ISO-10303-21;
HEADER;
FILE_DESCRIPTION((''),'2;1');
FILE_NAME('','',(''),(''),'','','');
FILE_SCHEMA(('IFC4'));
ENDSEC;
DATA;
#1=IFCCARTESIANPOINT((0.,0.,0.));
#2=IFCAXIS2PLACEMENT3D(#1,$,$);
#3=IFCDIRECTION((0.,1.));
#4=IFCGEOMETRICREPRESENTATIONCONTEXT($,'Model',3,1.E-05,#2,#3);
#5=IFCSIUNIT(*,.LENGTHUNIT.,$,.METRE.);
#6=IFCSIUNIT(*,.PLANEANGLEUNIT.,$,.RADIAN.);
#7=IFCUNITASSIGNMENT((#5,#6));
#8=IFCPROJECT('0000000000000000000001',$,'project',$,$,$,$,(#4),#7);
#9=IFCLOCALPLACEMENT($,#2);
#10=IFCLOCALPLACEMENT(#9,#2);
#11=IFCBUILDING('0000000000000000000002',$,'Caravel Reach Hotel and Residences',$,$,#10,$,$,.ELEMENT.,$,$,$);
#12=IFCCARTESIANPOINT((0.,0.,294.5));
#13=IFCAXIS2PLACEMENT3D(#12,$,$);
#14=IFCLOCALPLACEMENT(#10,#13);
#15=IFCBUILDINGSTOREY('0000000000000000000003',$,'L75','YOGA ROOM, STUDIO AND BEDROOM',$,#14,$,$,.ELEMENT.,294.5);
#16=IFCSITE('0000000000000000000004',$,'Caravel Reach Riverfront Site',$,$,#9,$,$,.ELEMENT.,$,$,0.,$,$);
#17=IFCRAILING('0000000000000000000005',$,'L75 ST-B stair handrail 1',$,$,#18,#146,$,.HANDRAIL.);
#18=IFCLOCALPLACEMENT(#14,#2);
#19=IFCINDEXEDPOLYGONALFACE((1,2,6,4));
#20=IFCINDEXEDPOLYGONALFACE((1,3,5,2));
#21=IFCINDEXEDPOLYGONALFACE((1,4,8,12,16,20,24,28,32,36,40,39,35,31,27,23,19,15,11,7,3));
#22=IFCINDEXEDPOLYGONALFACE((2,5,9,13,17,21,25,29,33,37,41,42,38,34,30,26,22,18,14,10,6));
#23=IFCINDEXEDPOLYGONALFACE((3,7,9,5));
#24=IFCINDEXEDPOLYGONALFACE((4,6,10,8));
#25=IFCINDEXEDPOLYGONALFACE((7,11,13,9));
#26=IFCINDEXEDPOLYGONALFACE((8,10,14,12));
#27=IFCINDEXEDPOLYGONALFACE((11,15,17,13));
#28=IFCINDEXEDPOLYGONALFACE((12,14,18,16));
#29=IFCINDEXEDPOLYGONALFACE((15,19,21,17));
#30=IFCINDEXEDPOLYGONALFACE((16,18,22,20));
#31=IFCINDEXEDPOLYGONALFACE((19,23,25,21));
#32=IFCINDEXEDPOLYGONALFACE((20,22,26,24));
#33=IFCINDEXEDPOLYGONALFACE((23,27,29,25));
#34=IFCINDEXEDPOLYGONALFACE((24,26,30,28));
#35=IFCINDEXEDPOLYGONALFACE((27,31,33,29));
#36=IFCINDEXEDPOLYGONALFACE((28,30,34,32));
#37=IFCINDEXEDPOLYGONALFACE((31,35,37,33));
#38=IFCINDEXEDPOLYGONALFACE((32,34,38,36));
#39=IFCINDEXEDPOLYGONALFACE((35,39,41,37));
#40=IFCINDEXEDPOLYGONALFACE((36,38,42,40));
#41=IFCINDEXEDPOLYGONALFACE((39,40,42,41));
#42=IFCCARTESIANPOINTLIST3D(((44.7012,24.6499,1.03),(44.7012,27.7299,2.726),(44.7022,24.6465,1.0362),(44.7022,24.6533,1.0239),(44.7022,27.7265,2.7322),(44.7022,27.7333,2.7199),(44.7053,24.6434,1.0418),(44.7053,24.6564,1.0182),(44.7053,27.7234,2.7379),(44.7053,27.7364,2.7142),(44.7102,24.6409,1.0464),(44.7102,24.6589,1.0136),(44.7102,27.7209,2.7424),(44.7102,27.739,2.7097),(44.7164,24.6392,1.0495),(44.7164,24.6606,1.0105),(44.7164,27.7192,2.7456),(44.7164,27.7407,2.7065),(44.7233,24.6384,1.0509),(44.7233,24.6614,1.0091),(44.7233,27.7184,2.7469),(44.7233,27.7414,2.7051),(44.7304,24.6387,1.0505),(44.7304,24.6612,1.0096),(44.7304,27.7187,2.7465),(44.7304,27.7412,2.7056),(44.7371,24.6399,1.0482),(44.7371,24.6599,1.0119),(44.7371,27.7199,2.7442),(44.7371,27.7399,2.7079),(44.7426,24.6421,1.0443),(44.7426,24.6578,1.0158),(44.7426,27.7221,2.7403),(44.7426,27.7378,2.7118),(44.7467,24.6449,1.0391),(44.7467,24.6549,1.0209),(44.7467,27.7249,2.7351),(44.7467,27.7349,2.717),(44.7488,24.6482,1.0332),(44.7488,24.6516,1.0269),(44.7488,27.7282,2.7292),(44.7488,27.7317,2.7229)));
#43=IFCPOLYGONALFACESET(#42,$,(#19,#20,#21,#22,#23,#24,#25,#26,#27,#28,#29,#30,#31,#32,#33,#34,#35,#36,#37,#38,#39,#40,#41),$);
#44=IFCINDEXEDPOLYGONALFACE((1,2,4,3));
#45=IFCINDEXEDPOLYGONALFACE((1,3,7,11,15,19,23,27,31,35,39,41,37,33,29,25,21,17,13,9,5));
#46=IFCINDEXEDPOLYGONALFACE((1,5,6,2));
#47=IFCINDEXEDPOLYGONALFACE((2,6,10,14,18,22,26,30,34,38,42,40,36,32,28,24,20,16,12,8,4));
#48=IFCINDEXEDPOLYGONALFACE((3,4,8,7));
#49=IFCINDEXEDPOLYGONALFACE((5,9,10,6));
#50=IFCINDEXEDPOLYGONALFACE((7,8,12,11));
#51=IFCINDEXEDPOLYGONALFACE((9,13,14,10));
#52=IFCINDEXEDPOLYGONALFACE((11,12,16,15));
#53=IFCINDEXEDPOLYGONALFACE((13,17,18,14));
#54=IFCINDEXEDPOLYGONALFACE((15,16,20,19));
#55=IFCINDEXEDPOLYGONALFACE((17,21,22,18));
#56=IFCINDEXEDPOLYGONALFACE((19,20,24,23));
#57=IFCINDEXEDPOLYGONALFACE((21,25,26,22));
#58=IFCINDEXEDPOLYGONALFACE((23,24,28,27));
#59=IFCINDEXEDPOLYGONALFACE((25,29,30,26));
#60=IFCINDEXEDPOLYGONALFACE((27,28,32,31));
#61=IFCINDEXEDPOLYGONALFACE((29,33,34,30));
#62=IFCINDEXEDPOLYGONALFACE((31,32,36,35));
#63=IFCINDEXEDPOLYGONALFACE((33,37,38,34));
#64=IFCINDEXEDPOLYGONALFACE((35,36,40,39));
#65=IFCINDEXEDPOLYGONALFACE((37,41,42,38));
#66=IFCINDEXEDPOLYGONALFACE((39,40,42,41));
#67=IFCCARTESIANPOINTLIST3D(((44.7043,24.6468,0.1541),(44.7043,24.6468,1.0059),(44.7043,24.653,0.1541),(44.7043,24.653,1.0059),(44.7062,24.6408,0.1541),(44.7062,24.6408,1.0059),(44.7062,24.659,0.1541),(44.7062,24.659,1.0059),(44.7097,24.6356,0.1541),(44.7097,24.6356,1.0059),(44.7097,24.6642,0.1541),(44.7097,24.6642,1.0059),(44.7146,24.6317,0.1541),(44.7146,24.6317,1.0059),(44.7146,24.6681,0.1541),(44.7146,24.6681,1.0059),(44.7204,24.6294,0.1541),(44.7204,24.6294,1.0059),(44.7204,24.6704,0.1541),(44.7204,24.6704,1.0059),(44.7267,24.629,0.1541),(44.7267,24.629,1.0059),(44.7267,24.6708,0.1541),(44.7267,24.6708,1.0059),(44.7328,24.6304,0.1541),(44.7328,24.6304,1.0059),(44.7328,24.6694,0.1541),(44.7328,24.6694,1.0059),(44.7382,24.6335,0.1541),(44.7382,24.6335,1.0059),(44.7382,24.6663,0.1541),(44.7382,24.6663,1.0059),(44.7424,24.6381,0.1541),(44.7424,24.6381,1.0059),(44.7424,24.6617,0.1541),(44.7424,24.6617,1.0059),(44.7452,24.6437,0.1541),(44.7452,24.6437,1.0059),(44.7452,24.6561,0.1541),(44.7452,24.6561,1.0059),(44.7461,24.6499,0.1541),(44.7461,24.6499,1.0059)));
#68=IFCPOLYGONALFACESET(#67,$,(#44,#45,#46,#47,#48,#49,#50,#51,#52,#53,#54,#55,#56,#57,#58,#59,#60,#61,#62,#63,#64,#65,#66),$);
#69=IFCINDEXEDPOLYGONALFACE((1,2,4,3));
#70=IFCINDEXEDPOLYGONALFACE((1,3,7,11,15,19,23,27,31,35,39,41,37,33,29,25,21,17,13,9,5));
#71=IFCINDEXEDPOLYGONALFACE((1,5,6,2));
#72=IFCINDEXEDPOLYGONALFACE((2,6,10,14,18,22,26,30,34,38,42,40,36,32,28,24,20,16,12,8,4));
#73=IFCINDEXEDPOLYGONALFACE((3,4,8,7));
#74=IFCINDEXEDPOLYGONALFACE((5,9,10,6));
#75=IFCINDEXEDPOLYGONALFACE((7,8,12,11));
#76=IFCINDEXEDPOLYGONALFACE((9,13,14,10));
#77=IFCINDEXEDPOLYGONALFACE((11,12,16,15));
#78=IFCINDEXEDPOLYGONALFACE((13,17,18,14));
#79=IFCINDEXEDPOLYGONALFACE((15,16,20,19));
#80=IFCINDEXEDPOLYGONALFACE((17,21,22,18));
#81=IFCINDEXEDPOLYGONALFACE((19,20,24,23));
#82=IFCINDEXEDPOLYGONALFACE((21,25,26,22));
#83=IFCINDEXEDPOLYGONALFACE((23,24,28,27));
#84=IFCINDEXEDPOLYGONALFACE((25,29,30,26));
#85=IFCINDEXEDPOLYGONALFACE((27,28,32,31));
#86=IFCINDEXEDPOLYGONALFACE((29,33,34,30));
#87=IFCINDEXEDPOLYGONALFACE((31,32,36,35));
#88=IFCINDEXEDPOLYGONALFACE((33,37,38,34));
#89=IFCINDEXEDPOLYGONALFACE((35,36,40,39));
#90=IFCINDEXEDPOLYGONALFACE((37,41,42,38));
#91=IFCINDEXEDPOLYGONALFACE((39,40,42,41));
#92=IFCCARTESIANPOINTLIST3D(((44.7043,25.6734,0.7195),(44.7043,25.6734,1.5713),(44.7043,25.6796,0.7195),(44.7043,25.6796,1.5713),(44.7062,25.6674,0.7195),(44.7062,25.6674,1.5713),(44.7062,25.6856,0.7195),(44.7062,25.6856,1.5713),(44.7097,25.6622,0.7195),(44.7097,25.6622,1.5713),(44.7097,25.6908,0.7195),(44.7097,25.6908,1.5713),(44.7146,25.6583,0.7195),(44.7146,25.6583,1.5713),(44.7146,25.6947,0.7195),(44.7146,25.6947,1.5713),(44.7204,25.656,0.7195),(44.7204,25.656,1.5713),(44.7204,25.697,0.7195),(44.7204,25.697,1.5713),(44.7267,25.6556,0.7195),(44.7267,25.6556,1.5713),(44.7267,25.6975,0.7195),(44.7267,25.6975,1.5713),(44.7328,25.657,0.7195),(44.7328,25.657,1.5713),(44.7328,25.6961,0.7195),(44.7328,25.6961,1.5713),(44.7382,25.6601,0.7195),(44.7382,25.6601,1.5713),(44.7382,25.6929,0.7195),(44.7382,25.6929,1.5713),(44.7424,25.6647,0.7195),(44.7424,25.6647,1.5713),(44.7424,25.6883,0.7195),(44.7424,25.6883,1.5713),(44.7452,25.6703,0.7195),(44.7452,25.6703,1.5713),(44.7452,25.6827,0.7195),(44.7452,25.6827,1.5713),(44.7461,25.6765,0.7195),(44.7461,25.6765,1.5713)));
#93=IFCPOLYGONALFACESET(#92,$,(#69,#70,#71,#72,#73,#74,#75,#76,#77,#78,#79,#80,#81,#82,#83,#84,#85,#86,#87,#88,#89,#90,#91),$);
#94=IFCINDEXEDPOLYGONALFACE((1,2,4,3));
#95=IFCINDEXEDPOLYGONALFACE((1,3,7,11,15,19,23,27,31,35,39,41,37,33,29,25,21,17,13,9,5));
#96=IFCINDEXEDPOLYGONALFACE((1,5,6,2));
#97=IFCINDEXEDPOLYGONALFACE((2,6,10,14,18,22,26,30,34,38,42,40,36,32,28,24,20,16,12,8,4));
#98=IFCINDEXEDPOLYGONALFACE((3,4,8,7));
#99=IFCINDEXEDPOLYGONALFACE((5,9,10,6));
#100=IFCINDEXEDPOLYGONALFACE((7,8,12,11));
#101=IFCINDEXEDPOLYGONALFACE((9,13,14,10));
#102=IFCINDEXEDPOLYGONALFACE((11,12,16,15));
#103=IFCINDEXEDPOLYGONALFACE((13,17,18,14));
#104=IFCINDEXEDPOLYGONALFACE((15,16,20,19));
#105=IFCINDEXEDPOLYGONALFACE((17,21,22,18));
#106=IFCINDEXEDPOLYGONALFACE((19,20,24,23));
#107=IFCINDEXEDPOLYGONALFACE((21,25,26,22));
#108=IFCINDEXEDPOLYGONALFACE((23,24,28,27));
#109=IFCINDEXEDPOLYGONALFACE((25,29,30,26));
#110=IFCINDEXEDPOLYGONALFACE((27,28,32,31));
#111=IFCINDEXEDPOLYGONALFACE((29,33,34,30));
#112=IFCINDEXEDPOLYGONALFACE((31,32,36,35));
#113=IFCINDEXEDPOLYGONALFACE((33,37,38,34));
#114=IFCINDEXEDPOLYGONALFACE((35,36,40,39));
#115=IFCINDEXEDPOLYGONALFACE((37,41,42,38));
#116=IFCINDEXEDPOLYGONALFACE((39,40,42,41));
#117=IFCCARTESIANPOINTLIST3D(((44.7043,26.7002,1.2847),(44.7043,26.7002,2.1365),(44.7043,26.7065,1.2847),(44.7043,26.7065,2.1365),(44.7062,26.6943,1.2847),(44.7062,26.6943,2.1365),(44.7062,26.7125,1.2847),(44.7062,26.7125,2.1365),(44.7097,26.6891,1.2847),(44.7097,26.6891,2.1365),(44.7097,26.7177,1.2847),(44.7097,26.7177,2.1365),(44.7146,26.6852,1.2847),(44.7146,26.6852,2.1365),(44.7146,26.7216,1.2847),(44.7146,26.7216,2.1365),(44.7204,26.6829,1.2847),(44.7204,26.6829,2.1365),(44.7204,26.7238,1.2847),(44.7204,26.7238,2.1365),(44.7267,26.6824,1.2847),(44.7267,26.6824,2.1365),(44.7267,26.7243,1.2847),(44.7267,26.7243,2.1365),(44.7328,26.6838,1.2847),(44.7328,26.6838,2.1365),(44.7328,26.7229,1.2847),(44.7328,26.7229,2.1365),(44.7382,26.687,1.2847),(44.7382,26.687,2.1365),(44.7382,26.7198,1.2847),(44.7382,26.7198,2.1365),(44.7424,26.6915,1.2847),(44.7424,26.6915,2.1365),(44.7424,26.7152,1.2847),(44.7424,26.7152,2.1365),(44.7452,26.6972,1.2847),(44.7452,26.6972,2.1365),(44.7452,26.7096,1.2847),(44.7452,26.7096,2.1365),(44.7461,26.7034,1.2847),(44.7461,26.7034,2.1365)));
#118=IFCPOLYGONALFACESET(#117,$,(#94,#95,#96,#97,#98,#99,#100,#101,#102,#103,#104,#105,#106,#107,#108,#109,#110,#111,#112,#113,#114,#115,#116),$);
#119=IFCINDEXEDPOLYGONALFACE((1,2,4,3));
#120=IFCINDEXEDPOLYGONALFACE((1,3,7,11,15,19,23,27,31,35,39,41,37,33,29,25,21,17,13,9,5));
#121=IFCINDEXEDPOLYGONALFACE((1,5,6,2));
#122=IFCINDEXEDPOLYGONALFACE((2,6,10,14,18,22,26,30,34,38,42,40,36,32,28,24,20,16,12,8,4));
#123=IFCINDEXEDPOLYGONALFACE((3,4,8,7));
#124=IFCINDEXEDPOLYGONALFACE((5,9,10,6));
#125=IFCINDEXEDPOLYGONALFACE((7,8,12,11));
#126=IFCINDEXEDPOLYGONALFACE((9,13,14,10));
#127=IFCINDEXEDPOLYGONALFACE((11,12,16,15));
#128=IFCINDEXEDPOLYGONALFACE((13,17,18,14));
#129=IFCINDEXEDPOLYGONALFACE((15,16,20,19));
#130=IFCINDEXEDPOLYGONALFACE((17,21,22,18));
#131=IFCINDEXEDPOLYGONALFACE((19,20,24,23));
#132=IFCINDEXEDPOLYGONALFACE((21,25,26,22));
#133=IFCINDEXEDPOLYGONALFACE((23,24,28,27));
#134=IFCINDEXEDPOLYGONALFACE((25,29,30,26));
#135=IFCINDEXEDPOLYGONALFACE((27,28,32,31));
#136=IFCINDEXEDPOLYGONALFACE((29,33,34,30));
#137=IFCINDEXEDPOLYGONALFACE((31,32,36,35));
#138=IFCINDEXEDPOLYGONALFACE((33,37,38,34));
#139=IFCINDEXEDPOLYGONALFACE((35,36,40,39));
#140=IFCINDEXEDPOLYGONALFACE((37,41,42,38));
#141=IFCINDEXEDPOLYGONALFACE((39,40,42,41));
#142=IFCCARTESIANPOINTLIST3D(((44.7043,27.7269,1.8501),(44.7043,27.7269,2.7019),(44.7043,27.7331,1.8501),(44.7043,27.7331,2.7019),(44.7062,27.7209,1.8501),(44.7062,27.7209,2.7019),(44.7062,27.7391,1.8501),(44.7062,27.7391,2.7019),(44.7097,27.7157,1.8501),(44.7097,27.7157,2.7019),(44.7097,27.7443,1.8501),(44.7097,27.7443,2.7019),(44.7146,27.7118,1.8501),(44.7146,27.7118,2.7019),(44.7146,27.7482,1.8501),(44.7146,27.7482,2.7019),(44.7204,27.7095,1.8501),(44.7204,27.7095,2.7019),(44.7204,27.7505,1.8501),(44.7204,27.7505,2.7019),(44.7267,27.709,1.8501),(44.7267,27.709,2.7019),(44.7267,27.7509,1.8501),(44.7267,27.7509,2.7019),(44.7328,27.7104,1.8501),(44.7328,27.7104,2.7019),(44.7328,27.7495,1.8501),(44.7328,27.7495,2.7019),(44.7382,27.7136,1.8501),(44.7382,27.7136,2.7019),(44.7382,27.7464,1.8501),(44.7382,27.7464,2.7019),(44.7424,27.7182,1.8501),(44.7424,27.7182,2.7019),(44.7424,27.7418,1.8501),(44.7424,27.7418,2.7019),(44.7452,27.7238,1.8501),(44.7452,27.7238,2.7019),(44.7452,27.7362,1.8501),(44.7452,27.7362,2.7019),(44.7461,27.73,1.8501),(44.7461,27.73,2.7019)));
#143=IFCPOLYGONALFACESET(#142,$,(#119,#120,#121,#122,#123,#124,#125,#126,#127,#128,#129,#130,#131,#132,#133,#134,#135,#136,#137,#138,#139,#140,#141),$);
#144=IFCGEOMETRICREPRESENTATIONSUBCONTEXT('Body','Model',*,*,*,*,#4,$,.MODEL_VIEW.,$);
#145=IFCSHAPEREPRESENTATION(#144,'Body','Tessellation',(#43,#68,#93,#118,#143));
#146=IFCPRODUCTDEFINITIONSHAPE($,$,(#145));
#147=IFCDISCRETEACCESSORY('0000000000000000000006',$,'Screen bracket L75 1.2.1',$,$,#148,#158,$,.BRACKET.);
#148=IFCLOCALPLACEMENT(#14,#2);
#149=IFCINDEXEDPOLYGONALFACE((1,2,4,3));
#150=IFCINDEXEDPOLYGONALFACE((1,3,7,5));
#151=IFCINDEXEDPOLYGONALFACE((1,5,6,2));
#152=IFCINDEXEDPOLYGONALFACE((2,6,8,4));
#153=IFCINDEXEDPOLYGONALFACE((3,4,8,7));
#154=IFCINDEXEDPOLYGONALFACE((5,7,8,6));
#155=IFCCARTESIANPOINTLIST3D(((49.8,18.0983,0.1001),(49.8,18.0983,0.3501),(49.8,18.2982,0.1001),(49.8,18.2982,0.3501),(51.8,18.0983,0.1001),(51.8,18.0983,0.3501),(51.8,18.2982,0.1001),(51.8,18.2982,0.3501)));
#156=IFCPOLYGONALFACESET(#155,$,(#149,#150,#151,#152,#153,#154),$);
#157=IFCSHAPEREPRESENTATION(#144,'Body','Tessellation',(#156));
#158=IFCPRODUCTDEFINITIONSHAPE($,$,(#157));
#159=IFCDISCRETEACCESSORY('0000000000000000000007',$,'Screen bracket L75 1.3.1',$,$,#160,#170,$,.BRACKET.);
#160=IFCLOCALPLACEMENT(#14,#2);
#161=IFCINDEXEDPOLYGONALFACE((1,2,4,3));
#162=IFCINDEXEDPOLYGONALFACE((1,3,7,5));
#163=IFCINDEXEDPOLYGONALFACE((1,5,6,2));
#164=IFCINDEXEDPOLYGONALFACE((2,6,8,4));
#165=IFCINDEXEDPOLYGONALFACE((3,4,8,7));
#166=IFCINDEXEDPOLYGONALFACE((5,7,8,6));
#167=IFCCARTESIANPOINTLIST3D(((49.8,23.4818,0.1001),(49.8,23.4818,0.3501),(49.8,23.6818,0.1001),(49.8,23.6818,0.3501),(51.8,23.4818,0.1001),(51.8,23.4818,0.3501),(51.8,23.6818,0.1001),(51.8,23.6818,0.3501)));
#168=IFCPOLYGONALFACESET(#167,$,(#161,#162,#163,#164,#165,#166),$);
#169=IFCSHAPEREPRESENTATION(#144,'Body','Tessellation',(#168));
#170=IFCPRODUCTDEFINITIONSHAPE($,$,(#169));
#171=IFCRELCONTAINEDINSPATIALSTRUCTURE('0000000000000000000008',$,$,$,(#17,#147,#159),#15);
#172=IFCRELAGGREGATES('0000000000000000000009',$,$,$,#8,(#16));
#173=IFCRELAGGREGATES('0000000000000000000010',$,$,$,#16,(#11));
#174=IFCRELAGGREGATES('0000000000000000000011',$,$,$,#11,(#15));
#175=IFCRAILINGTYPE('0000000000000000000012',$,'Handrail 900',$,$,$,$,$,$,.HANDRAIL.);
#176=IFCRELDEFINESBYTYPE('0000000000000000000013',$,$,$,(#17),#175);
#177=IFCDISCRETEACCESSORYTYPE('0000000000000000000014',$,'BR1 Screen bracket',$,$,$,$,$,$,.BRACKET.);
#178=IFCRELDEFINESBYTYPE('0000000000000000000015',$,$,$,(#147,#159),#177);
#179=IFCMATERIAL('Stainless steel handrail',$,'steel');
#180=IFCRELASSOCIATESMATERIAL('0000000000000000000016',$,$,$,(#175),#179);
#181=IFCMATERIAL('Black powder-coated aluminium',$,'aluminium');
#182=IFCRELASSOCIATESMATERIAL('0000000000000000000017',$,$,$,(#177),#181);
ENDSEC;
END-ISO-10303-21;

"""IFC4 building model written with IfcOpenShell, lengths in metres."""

from ifc_helpers import new_model, si_unit, direction, frame, origin, origin_2d, place, context, subcontext, project, spatial, rectangle, circle, extrude, material, type_object, element, save


model = new_model("IFC4")

# Units and contexts
model_context = context("Model", 3, precision=1e-05, world=origin(), true_north=direction((0.0, 1.0)))
body_context = subcontext(model_context, "Body", "Model", "MODEL_VIEW")
ifc_project = project(units=[si_unit("LENGTHUNIT", "METRE"), si_unit("PLANEANGLEUNIT", "RADIAN")], contexts=[model_context])

# Site, building, storey
site_placement = place(None, origin())
site = spatial("IfcSite", under=ifc_project, at=site_placement, Name="Caravel Reach Riverfront Site", CompositionType="ELEMENT", RefElevation=0.0)
building_placement = place(site_placement, origin())
building = spatial("IfcBuilding", under=site, at=building_placement, Name="Caravel Reach Hotel and Residences", CompositionType="ELEMENT")
storey_placement = place(building_placement, frame((0.0, 0.0, 294.5)))
storey = spatial("IfcBuildingStorey", under=building, at=storey_placement, Name="L75", Description="YOGA ROOM, STUDIO AND BEDROOM", CompositionType="ELEMENT", Elevation=294.5)

# Railing
ifc_material_1 = material(Name="Stainless steel handrail", Category="steel")
railing_type = type_object("IfcRailingType", Name="Handrail 900", PredefinedType="HANDRAIL", material=ifc_material_1)
railing_placement = place(storey_placement, frame((44.7251, 24.6499, 0.1541)))
element("IfcRailing", 1, at=railing_placement, inside=storey, type_object=railing_type, Name="L75 ST-B stair handrail 1", PredefinedType="HANDRAIL", context=body_context, shape_type="SweptSolid", body=[
    extrude(circle(Radius=0.0239, at=origin_2d()), frame((0.0, 0.0, 0.876), z_axis=(0.0, 0.875975, 0.482356), x_axis=(-1.0, 0.0, 0.0)), (0.0, 0.0, 1.0), 3.5161),
    extrude(circle(Radius=0.021, at=origin_2d()), origin(), (0.0, 0.0, 1.0), 0.8518),
    extrude(circle(Radius=0.021, at=origin_2d()), frame((0.0, 1.0266, 0.5654)), (0.0, 0.0, 1.0), 0.8518),
    extrude(circle(Radius=0.021, at=origin_2d()), frame((0.0, 2.0535, 1.1306)), (0.0, 0.0, 1.0), 0.8518),
    extrude(circle(Radius=0.021, at=origin_2d()), frame((0.0, 3.0801, 1.696)), (0.0, 0.0, 1.0), 0.8518),
])

# Discrete accessories
ifc_material_2 = material(Name="Black powder-coated aluminium", Category="aluminium")
discrete_accessory_type = type_object("IfcDiscreteAccessoryType", Name="BR1 Screen bracket", PredefinedType="BRACKET", material=ifc_material_2)
for number, where, z_axis, x_axis, name in (
    (2, (50.8, 18.1982, 0.1001), (0.0, 0.0, 1.0), (1.0, 0.0, 0.0), "Screen bracket L75 1.2.1"),
    (3, (50.8, 23.5818, 0.1001), (0.0, 0.0, 1.0), (1.0, 0.0, 0.0), "Screen bracket L75 1.3.1"),
):
    element("IfcDiscreteAccessory", number, at=place(storey_placement, frame(where, z_axis=z_axis, x_axis=x_axis)), inside=storey, type_object=discrete_accessory_type, Name=name, PredefinedType="BRACKET", context=body_context, shape_type="SweptSolid", body=[
        extrude(rectangle(XDim=2.0, YDim=0.2, at=origin_2d()), origin(), (0.0, 0.0, 1.0), 0.25),
    ])

save(model, "model.ifc")
